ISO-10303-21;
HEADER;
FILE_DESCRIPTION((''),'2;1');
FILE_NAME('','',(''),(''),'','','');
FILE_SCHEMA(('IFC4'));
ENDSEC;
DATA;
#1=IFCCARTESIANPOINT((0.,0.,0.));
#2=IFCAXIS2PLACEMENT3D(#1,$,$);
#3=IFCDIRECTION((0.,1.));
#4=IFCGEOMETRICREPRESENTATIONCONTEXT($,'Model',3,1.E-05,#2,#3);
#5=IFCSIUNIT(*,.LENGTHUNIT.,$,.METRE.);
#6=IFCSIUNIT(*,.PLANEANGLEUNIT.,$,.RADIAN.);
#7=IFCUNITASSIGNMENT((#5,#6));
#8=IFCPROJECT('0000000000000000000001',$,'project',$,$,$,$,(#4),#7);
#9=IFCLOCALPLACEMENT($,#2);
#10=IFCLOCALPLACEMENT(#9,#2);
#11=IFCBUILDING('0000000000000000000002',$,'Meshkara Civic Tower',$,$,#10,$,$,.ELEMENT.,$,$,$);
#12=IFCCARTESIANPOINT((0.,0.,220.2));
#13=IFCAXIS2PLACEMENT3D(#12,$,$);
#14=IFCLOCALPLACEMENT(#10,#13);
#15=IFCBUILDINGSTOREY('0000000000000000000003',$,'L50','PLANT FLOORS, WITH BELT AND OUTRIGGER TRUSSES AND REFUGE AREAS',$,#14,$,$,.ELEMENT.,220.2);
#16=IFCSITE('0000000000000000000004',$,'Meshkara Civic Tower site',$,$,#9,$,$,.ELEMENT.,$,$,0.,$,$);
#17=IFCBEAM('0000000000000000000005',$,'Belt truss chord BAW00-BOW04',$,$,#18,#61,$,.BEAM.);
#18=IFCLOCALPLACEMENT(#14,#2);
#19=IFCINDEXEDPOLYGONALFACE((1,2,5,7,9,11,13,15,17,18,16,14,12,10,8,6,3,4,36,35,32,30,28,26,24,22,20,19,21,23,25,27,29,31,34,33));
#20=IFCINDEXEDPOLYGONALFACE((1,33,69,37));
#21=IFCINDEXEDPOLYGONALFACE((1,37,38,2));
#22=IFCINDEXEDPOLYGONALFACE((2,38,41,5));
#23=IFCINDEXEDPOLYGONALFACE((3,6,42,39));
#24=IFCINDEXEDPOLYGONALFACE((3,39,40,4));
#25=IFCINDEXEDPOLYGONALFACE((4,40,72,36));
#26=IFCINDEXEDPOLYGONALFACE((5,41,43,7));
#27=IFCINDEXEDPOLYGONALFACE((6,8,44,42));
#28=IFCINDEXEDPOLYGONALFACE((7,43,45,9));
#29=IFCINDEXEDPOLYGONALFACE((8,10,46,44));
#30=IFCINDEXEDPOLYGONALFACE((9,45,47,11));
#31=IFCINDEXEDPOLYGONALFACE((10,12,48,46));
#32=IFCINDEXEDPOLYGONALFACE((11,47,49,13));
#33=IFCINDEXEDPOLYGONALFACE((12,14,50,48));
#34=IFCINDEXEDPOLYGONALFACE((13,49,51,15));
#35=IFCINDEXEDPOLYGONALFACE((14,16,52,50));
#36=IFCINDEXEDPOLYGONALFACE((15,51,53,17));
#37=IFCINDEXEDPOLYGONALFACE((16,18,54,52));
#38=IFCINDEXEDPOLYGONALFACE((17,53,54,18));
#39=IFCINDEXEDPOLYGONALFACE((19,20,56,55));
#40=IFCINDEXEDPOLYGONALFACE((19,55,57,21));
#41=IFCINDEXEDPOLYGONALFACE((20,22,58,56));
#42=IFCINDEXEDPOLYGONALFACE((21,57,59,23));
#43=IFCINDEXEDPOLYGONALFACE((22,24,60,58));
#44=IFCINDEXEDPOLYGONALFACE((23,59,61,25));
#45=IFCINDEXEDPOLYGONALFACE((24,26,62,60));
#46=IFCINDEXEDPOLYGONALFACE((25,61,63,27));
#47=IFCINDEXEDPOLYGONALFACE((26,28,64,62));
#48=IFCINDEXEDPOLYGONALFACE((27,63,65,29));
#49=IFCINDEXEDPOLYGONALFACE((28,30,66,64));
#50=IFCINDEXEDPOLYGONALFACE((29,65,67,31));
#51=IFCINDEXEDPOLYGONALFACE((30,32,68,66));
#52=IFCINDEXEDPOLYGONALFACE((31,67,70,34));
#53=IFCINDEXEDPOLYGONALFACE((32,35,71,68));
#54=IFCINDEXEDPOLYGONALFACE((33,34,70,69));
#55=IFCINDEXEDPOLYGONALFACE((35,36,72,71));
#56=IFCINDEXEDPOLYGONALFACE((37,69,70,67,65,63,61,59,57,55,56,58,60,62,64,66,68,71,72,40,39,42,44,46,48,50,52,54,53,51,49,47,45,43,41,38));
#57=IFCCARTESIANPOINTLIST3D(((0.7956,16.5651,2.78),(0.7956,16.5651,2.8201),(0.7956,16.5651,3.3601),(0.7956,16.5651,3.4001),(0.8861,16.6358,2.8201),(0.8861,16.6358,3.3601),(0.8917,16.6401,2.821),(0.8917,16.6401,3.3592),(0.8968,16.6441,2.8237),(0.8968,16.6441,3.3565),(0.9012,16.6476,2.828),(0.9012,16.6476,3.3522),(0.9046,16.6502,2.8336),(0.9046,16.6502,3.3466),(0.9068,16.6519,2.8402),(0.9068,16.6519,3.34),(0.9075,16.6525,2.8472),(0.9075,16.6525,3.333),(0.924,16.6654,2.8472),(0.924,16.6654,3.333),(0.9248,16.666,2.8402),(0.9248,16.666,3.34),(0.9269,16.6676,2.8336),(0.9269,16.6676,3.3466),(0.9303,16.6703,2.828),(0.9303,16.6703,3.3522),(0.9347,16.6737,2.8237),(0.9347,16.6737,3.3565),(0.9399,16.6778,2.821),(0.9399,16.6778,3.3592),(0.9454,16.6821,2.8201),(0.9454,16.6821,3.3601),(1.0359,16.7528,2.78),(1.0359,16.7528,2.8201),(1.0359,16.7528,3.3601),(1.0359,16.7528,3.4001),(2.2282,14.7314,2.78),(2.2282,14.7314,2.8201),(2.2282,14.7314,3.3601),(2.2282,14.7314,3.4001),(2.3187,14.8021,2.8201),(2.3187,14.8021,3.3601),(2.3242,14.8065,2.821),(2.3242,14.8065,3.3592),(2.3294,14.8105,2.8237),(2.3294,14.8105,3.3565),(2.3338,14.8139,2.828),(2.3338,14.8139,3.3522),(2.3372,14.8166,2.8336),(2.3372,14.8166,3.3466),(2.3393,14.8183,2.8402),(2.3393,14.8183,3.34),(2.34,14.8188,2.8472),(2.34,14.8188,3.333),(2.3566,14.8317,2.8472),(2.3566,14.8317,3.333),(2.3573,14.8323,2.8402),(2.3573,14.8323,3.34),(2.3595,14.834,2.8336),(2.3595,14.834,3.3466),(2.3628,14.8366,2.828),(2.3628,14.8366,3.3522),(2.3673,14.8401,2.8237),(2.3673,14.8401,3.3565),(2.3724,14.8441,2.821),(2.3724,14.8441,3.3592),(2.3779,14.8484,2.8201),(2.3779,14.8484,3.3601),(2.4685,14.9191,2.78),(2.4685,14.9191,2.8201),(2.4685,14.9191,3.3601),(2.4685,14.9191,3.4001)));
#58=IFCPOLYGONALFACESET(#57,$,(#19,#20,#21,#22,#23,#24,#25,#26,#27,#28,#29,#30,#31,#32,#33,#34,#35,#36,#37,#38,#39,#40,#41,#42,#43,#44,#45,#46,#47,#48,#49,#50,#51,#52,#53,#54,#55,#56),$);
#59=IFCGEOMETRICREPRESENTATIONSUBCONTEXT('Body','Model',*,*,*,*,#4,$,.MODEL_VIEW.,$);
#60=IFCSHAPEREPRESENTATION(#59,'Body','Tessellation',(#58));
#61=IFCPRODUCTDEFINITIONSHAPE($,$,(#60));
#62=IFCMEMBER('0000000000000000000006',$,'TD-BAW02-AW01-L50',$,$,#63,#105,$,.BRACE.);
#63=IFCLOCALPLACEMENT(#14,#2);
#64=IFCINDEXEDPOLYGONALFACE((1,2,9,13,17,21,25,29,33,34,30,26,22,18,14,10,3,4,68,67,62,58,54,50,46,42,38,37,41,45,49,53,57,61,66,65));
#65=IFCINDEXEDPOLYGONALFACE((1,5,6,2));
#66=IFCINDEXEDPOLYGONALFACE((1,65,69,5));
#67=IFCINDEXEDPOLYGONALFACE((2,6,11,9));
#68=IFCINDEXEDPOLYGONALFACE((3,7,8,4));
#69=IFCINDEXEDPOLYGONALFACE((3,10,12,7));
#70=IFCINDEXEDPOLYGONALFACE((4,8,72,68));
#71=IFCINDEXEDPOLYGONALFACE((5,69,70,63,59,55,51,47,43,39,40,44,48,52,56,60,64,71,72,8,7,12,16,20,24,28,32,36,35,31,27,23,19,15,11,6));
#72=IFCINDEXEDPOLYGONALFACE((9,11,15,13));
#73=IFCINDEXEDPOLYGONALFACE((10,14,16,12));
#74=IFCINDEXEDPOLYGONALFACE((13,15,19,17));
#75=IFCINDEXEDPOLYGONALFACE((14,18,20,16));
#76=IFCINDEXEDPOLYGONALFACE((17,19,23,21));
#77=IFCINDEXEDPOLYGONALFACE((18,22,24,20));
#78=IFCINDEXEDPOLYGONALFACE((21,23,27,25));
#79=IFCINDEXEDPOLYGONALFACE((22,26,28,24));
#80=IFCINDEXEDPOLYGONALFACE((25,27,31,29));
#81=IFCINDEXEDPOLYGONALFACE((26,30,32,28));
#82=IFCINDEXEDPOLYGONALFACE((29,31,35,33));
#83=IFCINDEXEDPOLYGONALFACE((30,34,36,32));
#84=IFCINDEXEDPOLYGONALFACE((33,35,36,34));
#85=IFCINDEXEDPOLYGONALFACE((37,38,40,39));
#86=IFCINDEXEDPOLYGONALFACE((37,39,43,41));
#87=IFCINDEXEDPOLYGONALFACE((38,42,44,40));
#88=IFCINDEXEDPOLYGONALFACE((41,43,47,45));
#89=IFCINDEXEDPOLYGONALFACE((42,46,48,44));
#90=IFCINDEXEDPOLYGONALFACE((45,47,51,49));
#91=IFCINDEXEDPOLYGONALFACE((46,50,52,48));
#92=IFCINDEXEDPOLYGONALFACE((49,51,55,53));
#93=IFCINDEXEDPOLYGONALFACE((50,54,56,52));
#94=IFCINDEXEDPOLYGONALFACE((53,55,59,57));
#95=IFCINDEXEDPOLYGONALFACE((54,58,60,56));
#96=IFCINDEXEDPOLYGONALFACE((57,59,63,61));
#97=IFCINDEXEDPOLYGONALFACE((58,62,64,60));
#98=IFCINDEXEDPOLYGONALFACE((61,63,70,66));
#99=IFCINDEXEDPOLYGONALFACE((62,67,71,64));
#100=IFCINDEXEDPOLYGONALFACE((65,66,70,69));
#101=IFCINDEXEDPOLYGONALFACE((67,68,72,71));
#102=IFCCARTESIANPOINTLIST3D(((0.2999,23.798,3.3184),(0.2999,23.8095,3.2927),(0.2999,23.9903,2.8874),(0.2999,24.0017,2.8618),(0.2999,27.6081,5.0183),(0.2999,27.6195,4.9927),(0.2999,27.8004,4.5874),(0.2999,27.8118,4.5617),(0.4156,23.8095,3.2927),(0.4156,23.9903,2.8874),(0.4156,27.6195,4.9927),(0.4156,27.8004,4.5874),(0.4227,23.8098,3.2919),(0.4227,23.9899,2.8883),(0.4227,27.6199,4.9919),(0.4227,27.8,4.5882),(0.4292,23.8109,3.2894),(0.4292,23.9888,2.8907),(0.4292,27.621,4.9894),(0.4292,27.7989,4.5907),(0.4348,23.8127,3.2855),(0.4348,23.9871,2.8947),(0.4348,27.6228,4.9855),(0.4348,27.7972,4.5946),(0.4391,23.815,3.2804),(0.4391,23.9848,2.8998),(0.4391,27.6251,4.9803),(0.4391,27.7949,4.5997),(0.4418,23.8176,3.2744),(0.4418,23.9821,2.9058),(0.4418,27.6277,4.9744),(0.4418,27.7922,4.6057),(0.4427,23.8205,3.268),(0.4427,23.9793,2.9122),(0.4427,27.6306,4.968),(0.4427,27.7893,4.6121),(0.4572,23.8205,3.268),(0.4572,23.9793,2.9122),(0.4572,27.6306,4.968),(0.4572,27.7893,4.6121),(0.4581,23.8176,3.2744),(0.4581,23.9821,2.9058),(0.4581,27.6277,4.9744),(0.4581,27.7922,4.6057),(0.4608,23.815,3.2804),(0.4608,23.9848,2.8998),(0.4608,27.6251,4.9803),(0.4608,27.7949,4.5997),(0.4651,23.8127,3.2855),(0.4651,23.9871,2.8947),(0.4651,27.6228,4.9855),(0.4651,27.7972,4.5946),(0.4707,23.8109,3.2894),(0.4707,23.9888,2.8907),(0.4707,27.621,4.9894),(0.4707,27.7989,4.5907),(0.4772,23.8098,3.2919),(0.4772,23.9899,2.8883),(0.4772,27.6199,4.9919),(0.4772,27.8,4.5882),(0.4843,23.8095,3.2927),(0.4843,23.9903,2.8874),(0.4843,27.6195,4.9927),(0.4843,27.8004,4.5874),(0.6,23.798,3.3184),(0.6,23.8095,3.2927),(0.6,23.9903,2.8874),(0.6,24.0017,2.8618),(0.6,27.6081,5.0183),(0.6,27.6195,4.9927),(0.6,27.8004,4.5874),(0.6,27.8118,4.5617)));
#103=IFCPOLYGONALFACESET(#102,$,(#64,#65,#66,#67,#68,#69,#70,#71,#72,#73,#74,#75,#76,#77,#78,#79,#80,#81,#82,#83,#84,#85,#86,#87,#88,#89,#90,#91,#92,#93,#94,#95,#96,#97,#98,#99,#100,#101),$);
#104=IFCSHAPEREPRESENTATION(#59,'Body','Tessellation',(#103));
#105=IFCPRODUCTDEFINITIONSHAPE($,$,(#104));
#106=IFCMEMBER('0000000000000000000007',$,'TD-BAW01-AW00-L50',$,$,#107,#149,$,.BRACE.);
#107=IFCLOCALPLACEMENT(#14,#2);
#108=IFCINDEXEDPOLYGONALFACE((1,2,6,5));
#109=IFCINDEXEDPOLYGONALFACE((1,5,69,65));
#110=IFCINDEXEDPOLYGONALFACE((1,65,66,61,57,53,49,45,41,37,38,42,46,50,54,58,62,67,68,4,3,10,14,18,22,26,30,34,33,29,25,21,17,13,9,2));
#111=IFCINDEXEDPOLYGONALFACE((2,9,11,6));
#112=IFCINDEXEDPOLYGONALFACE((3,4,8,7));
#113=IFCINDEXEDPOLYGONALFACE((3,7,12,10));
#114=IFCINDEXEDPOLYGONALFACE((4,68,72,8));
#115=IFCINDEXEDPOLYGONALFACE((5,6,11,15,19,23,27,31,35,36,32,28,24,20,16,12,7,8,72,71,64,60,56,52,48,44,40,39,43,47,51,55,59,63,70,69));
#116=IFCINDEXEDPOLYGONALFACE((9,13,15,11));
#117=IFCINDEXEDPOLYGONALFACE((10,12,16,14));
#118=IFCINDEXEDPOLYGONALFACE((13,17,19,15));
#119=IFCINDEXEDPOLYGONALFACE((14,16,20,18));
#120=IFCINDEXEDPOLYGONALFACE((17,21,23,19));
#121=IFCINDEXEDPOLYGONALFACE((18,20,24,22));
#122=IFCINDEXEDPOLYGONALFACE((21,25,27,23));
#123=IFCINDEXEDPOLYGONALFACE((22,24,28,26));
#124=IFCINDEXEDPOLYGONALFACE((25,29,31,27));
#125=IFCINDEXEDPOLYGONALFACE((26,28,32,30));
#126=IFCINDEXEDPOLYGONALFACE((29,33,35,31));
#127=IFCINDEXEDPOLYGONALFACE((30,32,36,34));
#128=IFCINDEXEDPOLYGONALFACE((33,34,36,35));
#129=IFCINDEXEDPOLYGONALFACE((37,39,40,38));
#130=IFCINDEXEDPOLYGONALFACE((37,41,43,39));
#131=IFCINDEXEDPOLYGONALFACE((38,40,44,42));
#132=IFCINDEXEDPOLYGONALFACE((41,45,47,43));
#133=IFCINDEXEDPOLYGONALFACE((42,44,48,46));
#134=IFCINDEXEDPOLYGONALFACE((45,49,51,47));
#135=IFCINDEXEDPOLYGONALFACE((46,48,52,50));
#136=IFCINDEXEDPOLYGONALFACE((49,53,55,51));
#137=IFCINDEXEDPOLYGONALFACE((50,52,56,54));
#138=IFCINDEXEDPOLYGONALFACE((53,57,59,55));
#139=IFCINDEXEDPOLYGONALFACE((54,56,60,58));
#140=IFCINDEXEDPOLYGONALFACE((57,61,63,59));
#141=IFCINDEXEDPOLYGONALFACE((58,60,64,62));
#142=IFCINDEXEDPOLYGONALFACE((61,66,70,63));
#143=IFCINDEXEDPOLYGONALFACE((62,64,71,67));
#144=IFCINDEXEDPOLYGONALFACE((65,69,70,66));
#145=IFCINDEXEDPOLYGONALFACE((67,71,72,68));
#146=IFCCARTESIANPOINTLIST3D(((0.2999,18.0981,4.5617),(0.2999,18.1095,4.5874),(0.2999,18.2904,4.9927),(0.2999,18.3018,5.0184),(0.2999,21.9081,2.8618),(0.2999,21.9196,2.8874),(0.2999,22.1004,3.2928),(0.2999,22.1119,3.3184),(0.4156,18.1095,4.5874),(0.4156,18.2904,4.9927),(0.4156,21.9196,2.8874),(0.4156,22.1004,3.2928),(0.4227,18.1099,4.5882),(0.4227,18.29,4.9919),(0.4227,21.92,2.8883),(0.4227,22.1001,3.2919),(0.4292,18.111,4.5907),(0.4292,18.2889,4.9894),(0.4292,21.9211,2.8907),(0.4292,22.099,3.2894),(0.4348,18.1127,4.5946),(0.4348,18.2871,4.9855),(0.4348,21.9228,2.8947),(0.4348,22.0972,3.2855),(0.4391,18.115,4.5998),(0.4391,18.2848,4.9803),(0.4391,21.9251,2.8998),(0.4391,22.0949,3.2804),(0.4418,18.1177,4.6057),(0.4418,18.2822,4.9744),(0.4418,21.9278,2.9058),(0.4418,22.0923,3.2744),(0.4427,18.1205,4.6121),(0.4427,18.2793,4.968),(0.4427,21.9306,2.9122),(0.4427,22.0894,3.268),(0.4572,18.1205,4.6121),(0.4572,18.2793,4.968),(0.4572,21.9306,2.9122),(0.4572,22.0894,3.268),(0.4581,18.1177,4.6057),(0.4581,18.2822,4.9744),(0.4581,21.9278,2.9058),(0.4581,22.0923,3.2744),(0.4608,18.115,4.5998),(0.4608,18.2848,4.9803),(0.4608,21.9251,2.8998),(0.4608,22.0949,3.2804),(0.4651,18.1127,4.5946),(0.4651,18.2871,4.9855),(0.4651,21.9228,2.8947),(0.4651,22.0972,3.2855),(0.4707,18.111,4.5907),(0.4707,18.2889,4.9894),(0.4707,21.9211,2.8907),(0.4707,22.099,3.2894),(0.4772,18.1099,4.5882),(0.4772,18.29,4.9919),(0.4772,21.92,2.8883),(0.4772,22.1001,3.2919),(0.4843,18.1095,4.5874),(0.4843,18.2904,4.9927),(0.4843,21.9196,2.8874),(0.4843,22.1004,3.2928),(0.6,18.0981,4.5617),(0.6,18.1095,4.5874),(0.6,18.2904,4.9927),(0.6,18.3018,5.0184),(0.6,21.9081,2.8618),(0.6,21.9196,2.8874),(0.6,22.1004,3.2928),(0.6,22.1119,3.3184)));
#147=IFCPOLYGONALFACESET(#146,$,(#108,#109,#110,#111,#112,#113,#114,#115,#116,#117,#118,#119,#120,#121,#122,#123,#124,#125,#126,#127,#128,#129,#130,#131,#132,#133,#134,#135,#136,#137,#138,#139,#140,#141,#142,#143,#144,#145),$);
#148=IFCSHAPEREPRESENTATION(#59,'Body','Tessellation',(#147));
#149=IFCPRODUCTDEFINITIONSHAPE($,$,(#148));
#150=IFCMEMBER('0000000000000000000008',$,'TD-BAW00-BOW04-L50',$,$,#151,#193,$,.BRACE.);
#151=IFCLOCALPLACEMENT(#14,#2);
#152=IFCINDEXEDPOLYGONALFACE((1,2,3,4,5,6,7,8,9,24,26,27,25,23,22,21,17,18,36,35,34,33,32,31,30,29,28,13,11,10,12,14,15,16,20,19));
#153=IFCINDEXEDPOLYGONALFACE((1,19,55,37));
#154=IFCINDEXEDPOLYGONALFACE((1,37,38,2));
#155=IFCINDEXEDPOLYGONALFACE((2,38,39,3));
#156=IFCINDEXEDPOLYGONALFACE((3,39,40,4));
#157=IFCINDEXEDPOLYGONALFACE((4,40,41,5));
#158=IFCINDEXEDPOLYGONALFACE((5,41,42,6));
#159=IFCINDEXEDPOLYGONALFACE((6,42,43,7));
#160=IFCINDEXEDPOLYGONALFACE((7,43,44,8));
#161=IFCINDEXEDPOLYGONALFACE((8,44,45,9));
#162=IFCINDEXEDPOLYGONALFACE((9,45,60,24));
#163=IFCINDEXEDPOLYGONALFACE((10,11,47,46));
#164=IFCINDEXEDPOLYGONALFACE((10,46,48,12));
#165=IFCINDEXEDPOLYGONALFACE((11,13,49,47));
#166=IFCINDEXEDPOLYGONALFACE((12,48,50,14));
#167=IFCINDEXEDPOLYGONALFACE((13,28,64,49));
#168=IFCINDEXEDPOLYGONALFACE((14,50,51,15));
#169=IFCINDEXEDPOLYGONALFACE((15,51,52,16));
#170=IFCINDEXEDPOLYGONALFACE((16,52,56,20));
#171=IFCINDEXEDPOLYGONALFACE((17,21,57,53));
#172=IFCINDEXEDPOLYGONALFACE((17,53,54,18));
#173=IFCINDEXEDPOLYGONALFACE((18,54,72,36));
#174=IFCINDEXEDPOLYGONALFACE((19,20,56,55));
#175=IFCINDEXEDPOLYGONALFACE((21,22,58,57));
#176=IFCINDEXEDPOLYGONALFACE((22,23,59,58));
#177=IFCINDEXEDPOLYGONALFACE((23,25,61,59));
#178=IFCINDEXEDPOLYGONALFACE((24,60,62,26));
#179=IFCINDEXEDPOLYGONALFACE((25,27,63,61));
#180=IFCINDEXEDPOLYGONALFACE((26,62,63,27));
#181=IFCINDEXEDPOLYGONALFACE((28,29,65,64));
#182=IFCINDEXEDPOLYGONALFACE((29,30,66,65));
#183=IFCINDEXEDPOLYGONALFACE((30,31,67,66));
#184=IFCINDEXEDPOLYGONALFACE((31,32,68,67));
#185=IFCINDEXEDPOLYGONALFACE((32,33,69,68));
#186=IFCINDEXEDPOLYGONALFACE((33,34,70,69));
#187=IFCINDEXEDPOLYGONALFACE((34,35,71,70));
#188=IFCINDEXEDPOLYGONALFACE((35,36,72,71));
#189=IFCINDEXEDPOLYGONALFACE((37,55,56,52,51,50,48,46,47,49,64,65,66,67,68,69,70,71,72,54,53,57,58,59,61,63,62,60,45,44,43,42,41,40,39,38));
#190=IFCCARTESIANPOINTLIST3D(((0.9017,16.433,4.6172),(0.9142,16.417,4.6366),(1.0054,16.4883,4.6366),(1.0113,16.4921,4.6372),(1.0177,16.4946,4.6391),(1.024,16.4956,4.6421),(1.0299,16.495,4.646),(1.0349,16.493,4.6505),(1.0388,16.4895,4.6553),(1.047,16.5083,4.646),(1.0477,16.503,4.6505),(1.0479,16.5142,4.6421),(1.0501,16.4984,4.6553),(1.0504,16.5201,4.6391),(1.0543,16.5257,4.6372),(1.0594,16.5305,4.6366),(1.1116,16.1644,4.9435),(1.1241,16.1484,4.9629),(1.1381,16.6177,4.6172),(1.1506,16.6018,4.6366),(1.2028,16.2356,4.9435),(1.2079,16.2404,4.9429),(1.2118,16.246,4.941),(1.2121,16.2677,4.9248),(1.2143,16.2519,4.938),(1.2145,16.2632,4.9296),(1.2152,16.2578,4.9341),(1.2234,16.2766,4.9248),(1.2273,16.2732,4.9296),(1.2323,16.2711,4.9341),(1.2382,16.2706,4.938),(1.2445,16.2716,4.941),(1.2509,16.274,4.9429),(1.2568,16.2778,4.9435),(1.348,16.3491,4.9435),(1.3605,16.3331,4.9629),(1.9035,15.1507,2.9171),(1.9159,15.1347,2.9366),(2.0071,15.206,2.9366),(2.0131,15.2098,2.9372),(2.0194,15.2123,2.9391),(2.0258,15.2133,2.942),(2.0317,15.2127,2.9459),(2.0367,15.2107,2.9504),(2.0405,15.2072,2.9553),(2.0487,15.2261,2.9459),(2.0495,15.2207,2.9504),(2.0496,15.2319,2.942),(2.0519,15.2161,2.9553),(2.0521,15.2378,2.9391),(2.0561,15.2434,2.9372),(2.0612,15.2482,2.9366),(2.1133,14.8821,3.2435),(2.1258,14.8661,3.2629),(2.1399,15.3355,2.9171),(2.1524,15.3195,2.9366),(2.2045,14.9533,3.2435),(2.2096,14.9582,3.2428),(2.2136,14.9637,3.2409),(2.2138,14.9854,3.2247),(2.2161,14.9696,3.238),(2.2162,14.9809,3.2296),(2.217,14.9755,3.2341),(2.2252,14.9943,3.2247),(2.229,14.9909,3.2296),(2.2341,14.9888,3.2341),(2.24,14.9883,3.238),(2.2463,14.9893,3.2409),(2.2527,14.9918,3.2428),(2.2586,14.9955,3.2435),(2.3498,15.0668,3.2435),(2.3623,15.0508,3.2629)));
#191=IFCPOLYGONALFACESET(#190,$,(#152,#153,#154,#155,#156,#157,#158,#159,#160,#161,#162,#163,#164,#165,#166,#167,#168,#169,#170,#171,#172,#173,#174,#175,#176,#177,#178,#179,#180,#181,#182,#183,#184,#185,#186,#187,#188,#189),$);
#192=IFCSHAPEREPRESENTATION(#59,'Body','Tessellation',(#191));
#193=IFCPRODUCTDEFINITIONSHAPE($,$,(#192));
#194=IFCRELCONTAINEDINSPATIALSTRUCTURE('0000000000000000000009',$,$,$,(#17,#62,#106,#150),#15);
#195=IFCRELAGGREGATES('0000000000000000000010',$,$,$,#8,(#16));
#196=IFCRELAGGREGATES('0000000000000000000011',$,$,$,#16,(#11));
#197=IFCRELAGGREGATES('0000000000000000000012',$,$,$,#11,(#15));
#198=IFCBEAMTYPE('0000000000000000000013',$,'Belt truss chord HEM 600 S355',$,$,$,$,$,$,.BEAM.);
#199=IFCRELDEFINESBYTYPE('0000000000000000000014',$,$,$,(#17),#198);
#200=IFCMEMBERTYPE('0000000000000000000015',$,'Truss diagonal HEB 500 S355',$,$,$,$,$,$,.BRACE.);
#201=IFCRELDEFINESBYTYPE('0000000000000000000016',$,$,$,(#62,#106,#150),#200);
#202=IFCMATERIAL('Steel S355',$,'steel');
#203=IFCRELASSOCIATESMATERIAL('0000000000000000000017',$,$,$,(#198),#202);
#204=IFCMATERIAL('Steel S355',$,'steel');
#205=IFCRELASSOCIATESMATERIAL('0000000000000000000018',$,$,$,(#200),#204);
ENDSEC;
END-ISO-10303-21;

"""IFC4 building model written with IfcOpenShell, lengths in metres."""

from ifc_helpers import new_model, si_unit, direction, frame, origin, origin_2d, place, context, subcontext, project, spatial, i_section, extrude, material, material_profile, profile_set, type_object, element, save


model = new_model("IFC4")

# Units and contexts
model_context = context("Model", 3, precision=1e-05, world=origin(), true_north=direction((0.0, 1.0)))
body_context = subcontext(model_context, "Body", "Model", "MODEL_VIEW")
ifc_project = project(units=[si_unit("LENGTHUNIT", "METRE"), si_unit("PLANEANGLEUNIT", "RADIAN")], contexts=[model_context])

# Site, building, storey
site_placement = place(None, origin())
site = spatial("IfcSite", under=ifc_project, at=site_placement, Name="Meshkara Civic Tower site", CompositionType="ELEMENT", RefElevation=0.0)
building_placement = place(site_placement, origin())
building = spatial("IfcBuilding", under=site, at=building_placement, Name="Meshkara Civic Tower", CompositionType="ELEMENT")
storey_placement = place(building_placement, frame((0.0, 0.0, 220.2)))
storey = spatial("IfcBuildingStorey", under=building, at=storey_placement, Name="L50", Description="PLANT FLOORS, WITH BELT AND OUTRIGGER TRUSSES AND REFUGE AREAS", CompositionType="ELEMENT", Elevation=220.2)

# Beam
ifc_material_1 = material(Name="Steel S355", Category="steel")
ifc_material_profile_1 = material_profile(ifc_material_1, i_section(OverallWidth=0.3049, OverallDepth=0.6201, WebThickness=0.021, FlangeThickness=0.04, FilletRadius=0.0271, at=origin_2d()))
ifc_profile_set_1 = profile_set([ifc_material_profile_1], Name="Steel S355")
beam_type = type_object("IfcBeamType", Name="Belt truss chord HEM 600 S355", PredefinedType="BEAM", material=ifc_profile_set_1)
for number, where, z_axis, x_axis, name in (
    (1, (0.9158, 16.6589, 3.0901), (0.615646, -0.788023, 0.0), (0.788023, 0.615646, 0.0), "Belt truss chord BAW00-BOW04"),
):
    element("IfcBeam", number, at=place(storey_placement, frame(where, z_axis=z_axis, x_axis=x_axis)), inside=storey, type_object=beam_type, Name=name, PredefinedType="BEAM", context=body_context, shape_type="SweptSolid", body=[
        extrude(i_section(OverallWidth=0.3049, OverallDepth=0.6201, WebThickness=0.021, FlangeThickness=0.04, FilletRadius=0.0271, at=origin_2d()), origin(), (0.0, 0.0, 1.0), 2.3269),
    ])

# Members
ifc_material_2 = material(Name="Steel S355", Category="steel")
ifc_material_profile_2 = material_profile(ifc_material_2, i_section(OverallWidth=0.3, OverallDepth=0.5, WebThickness=0.0144, FlangeThickness=0.0281, FilletRadius=0.0271, at=origin_2d()))
ifc_profile_set_2 = profile_set([ifc_material_profile_2], Name="Steel S355")
member_type = type_object("IfcMemberType", Name="Truss diagonal HEB 500 S355", PredefinedType="BRACE", material=ifc_profile_set_2)
for number, where, z_axis, x_axis, name in (
    (2, (0.45, 27.71, 4.79), (0.0, -0.913224, -0.407457), (1.0, 0.0, 0.0), "TD-BAW02-AW01-L50"),
    (3, (0.45, 22.01, 3.0901), (0.0, -0.913224, 0.407457), (1.0, 0.0, 0.0), "TD-BAW01-AW00-L50"),
):
    element("IfcMember", number, at=place(storey_placement, frame(where, z_axis=z_axis, x_axis=x_axis)), inside=storey, type_object=member_type, Name=name, PredefinedType="BRACE", context=body_context, shape_type="SweptSolid", body=[
        extrude(i_section(OverallWidth=0.3, OverallDepth=0.5, WebThickness=0.0144, FlangeThickness=0.0281, FilletRadius=0.0271, at=origin_2d()), origin(), (0.0, 0.0, 1.0), 4.1721),
    ])
member_placement = place(storey_placement, frame((1.1311, 16.3831, 4.79), z_axis=(0.425687, -0.544896, -0.722412), x_axis=(0.788033, 0.615632, 0.0)))
element("IfcMember", 4, at=member_placement, inside=storey, type_object=member_type, Name="TD-BAW00-BOW04-L50", PredefinedType="BRACE", context=body_context, shape_type="SweptSolid", body=[
    extrude(i_section(OverallWidth=0.3, OverallDepth=0.5, WebThickness=0.0144, FlangeThickness=0.0281, FilletRadius=0.0271, at=origin_2d()), origin(), (0.0, 0.0, 1.0), 2.3533),
])

save(model, "model.ifc")
